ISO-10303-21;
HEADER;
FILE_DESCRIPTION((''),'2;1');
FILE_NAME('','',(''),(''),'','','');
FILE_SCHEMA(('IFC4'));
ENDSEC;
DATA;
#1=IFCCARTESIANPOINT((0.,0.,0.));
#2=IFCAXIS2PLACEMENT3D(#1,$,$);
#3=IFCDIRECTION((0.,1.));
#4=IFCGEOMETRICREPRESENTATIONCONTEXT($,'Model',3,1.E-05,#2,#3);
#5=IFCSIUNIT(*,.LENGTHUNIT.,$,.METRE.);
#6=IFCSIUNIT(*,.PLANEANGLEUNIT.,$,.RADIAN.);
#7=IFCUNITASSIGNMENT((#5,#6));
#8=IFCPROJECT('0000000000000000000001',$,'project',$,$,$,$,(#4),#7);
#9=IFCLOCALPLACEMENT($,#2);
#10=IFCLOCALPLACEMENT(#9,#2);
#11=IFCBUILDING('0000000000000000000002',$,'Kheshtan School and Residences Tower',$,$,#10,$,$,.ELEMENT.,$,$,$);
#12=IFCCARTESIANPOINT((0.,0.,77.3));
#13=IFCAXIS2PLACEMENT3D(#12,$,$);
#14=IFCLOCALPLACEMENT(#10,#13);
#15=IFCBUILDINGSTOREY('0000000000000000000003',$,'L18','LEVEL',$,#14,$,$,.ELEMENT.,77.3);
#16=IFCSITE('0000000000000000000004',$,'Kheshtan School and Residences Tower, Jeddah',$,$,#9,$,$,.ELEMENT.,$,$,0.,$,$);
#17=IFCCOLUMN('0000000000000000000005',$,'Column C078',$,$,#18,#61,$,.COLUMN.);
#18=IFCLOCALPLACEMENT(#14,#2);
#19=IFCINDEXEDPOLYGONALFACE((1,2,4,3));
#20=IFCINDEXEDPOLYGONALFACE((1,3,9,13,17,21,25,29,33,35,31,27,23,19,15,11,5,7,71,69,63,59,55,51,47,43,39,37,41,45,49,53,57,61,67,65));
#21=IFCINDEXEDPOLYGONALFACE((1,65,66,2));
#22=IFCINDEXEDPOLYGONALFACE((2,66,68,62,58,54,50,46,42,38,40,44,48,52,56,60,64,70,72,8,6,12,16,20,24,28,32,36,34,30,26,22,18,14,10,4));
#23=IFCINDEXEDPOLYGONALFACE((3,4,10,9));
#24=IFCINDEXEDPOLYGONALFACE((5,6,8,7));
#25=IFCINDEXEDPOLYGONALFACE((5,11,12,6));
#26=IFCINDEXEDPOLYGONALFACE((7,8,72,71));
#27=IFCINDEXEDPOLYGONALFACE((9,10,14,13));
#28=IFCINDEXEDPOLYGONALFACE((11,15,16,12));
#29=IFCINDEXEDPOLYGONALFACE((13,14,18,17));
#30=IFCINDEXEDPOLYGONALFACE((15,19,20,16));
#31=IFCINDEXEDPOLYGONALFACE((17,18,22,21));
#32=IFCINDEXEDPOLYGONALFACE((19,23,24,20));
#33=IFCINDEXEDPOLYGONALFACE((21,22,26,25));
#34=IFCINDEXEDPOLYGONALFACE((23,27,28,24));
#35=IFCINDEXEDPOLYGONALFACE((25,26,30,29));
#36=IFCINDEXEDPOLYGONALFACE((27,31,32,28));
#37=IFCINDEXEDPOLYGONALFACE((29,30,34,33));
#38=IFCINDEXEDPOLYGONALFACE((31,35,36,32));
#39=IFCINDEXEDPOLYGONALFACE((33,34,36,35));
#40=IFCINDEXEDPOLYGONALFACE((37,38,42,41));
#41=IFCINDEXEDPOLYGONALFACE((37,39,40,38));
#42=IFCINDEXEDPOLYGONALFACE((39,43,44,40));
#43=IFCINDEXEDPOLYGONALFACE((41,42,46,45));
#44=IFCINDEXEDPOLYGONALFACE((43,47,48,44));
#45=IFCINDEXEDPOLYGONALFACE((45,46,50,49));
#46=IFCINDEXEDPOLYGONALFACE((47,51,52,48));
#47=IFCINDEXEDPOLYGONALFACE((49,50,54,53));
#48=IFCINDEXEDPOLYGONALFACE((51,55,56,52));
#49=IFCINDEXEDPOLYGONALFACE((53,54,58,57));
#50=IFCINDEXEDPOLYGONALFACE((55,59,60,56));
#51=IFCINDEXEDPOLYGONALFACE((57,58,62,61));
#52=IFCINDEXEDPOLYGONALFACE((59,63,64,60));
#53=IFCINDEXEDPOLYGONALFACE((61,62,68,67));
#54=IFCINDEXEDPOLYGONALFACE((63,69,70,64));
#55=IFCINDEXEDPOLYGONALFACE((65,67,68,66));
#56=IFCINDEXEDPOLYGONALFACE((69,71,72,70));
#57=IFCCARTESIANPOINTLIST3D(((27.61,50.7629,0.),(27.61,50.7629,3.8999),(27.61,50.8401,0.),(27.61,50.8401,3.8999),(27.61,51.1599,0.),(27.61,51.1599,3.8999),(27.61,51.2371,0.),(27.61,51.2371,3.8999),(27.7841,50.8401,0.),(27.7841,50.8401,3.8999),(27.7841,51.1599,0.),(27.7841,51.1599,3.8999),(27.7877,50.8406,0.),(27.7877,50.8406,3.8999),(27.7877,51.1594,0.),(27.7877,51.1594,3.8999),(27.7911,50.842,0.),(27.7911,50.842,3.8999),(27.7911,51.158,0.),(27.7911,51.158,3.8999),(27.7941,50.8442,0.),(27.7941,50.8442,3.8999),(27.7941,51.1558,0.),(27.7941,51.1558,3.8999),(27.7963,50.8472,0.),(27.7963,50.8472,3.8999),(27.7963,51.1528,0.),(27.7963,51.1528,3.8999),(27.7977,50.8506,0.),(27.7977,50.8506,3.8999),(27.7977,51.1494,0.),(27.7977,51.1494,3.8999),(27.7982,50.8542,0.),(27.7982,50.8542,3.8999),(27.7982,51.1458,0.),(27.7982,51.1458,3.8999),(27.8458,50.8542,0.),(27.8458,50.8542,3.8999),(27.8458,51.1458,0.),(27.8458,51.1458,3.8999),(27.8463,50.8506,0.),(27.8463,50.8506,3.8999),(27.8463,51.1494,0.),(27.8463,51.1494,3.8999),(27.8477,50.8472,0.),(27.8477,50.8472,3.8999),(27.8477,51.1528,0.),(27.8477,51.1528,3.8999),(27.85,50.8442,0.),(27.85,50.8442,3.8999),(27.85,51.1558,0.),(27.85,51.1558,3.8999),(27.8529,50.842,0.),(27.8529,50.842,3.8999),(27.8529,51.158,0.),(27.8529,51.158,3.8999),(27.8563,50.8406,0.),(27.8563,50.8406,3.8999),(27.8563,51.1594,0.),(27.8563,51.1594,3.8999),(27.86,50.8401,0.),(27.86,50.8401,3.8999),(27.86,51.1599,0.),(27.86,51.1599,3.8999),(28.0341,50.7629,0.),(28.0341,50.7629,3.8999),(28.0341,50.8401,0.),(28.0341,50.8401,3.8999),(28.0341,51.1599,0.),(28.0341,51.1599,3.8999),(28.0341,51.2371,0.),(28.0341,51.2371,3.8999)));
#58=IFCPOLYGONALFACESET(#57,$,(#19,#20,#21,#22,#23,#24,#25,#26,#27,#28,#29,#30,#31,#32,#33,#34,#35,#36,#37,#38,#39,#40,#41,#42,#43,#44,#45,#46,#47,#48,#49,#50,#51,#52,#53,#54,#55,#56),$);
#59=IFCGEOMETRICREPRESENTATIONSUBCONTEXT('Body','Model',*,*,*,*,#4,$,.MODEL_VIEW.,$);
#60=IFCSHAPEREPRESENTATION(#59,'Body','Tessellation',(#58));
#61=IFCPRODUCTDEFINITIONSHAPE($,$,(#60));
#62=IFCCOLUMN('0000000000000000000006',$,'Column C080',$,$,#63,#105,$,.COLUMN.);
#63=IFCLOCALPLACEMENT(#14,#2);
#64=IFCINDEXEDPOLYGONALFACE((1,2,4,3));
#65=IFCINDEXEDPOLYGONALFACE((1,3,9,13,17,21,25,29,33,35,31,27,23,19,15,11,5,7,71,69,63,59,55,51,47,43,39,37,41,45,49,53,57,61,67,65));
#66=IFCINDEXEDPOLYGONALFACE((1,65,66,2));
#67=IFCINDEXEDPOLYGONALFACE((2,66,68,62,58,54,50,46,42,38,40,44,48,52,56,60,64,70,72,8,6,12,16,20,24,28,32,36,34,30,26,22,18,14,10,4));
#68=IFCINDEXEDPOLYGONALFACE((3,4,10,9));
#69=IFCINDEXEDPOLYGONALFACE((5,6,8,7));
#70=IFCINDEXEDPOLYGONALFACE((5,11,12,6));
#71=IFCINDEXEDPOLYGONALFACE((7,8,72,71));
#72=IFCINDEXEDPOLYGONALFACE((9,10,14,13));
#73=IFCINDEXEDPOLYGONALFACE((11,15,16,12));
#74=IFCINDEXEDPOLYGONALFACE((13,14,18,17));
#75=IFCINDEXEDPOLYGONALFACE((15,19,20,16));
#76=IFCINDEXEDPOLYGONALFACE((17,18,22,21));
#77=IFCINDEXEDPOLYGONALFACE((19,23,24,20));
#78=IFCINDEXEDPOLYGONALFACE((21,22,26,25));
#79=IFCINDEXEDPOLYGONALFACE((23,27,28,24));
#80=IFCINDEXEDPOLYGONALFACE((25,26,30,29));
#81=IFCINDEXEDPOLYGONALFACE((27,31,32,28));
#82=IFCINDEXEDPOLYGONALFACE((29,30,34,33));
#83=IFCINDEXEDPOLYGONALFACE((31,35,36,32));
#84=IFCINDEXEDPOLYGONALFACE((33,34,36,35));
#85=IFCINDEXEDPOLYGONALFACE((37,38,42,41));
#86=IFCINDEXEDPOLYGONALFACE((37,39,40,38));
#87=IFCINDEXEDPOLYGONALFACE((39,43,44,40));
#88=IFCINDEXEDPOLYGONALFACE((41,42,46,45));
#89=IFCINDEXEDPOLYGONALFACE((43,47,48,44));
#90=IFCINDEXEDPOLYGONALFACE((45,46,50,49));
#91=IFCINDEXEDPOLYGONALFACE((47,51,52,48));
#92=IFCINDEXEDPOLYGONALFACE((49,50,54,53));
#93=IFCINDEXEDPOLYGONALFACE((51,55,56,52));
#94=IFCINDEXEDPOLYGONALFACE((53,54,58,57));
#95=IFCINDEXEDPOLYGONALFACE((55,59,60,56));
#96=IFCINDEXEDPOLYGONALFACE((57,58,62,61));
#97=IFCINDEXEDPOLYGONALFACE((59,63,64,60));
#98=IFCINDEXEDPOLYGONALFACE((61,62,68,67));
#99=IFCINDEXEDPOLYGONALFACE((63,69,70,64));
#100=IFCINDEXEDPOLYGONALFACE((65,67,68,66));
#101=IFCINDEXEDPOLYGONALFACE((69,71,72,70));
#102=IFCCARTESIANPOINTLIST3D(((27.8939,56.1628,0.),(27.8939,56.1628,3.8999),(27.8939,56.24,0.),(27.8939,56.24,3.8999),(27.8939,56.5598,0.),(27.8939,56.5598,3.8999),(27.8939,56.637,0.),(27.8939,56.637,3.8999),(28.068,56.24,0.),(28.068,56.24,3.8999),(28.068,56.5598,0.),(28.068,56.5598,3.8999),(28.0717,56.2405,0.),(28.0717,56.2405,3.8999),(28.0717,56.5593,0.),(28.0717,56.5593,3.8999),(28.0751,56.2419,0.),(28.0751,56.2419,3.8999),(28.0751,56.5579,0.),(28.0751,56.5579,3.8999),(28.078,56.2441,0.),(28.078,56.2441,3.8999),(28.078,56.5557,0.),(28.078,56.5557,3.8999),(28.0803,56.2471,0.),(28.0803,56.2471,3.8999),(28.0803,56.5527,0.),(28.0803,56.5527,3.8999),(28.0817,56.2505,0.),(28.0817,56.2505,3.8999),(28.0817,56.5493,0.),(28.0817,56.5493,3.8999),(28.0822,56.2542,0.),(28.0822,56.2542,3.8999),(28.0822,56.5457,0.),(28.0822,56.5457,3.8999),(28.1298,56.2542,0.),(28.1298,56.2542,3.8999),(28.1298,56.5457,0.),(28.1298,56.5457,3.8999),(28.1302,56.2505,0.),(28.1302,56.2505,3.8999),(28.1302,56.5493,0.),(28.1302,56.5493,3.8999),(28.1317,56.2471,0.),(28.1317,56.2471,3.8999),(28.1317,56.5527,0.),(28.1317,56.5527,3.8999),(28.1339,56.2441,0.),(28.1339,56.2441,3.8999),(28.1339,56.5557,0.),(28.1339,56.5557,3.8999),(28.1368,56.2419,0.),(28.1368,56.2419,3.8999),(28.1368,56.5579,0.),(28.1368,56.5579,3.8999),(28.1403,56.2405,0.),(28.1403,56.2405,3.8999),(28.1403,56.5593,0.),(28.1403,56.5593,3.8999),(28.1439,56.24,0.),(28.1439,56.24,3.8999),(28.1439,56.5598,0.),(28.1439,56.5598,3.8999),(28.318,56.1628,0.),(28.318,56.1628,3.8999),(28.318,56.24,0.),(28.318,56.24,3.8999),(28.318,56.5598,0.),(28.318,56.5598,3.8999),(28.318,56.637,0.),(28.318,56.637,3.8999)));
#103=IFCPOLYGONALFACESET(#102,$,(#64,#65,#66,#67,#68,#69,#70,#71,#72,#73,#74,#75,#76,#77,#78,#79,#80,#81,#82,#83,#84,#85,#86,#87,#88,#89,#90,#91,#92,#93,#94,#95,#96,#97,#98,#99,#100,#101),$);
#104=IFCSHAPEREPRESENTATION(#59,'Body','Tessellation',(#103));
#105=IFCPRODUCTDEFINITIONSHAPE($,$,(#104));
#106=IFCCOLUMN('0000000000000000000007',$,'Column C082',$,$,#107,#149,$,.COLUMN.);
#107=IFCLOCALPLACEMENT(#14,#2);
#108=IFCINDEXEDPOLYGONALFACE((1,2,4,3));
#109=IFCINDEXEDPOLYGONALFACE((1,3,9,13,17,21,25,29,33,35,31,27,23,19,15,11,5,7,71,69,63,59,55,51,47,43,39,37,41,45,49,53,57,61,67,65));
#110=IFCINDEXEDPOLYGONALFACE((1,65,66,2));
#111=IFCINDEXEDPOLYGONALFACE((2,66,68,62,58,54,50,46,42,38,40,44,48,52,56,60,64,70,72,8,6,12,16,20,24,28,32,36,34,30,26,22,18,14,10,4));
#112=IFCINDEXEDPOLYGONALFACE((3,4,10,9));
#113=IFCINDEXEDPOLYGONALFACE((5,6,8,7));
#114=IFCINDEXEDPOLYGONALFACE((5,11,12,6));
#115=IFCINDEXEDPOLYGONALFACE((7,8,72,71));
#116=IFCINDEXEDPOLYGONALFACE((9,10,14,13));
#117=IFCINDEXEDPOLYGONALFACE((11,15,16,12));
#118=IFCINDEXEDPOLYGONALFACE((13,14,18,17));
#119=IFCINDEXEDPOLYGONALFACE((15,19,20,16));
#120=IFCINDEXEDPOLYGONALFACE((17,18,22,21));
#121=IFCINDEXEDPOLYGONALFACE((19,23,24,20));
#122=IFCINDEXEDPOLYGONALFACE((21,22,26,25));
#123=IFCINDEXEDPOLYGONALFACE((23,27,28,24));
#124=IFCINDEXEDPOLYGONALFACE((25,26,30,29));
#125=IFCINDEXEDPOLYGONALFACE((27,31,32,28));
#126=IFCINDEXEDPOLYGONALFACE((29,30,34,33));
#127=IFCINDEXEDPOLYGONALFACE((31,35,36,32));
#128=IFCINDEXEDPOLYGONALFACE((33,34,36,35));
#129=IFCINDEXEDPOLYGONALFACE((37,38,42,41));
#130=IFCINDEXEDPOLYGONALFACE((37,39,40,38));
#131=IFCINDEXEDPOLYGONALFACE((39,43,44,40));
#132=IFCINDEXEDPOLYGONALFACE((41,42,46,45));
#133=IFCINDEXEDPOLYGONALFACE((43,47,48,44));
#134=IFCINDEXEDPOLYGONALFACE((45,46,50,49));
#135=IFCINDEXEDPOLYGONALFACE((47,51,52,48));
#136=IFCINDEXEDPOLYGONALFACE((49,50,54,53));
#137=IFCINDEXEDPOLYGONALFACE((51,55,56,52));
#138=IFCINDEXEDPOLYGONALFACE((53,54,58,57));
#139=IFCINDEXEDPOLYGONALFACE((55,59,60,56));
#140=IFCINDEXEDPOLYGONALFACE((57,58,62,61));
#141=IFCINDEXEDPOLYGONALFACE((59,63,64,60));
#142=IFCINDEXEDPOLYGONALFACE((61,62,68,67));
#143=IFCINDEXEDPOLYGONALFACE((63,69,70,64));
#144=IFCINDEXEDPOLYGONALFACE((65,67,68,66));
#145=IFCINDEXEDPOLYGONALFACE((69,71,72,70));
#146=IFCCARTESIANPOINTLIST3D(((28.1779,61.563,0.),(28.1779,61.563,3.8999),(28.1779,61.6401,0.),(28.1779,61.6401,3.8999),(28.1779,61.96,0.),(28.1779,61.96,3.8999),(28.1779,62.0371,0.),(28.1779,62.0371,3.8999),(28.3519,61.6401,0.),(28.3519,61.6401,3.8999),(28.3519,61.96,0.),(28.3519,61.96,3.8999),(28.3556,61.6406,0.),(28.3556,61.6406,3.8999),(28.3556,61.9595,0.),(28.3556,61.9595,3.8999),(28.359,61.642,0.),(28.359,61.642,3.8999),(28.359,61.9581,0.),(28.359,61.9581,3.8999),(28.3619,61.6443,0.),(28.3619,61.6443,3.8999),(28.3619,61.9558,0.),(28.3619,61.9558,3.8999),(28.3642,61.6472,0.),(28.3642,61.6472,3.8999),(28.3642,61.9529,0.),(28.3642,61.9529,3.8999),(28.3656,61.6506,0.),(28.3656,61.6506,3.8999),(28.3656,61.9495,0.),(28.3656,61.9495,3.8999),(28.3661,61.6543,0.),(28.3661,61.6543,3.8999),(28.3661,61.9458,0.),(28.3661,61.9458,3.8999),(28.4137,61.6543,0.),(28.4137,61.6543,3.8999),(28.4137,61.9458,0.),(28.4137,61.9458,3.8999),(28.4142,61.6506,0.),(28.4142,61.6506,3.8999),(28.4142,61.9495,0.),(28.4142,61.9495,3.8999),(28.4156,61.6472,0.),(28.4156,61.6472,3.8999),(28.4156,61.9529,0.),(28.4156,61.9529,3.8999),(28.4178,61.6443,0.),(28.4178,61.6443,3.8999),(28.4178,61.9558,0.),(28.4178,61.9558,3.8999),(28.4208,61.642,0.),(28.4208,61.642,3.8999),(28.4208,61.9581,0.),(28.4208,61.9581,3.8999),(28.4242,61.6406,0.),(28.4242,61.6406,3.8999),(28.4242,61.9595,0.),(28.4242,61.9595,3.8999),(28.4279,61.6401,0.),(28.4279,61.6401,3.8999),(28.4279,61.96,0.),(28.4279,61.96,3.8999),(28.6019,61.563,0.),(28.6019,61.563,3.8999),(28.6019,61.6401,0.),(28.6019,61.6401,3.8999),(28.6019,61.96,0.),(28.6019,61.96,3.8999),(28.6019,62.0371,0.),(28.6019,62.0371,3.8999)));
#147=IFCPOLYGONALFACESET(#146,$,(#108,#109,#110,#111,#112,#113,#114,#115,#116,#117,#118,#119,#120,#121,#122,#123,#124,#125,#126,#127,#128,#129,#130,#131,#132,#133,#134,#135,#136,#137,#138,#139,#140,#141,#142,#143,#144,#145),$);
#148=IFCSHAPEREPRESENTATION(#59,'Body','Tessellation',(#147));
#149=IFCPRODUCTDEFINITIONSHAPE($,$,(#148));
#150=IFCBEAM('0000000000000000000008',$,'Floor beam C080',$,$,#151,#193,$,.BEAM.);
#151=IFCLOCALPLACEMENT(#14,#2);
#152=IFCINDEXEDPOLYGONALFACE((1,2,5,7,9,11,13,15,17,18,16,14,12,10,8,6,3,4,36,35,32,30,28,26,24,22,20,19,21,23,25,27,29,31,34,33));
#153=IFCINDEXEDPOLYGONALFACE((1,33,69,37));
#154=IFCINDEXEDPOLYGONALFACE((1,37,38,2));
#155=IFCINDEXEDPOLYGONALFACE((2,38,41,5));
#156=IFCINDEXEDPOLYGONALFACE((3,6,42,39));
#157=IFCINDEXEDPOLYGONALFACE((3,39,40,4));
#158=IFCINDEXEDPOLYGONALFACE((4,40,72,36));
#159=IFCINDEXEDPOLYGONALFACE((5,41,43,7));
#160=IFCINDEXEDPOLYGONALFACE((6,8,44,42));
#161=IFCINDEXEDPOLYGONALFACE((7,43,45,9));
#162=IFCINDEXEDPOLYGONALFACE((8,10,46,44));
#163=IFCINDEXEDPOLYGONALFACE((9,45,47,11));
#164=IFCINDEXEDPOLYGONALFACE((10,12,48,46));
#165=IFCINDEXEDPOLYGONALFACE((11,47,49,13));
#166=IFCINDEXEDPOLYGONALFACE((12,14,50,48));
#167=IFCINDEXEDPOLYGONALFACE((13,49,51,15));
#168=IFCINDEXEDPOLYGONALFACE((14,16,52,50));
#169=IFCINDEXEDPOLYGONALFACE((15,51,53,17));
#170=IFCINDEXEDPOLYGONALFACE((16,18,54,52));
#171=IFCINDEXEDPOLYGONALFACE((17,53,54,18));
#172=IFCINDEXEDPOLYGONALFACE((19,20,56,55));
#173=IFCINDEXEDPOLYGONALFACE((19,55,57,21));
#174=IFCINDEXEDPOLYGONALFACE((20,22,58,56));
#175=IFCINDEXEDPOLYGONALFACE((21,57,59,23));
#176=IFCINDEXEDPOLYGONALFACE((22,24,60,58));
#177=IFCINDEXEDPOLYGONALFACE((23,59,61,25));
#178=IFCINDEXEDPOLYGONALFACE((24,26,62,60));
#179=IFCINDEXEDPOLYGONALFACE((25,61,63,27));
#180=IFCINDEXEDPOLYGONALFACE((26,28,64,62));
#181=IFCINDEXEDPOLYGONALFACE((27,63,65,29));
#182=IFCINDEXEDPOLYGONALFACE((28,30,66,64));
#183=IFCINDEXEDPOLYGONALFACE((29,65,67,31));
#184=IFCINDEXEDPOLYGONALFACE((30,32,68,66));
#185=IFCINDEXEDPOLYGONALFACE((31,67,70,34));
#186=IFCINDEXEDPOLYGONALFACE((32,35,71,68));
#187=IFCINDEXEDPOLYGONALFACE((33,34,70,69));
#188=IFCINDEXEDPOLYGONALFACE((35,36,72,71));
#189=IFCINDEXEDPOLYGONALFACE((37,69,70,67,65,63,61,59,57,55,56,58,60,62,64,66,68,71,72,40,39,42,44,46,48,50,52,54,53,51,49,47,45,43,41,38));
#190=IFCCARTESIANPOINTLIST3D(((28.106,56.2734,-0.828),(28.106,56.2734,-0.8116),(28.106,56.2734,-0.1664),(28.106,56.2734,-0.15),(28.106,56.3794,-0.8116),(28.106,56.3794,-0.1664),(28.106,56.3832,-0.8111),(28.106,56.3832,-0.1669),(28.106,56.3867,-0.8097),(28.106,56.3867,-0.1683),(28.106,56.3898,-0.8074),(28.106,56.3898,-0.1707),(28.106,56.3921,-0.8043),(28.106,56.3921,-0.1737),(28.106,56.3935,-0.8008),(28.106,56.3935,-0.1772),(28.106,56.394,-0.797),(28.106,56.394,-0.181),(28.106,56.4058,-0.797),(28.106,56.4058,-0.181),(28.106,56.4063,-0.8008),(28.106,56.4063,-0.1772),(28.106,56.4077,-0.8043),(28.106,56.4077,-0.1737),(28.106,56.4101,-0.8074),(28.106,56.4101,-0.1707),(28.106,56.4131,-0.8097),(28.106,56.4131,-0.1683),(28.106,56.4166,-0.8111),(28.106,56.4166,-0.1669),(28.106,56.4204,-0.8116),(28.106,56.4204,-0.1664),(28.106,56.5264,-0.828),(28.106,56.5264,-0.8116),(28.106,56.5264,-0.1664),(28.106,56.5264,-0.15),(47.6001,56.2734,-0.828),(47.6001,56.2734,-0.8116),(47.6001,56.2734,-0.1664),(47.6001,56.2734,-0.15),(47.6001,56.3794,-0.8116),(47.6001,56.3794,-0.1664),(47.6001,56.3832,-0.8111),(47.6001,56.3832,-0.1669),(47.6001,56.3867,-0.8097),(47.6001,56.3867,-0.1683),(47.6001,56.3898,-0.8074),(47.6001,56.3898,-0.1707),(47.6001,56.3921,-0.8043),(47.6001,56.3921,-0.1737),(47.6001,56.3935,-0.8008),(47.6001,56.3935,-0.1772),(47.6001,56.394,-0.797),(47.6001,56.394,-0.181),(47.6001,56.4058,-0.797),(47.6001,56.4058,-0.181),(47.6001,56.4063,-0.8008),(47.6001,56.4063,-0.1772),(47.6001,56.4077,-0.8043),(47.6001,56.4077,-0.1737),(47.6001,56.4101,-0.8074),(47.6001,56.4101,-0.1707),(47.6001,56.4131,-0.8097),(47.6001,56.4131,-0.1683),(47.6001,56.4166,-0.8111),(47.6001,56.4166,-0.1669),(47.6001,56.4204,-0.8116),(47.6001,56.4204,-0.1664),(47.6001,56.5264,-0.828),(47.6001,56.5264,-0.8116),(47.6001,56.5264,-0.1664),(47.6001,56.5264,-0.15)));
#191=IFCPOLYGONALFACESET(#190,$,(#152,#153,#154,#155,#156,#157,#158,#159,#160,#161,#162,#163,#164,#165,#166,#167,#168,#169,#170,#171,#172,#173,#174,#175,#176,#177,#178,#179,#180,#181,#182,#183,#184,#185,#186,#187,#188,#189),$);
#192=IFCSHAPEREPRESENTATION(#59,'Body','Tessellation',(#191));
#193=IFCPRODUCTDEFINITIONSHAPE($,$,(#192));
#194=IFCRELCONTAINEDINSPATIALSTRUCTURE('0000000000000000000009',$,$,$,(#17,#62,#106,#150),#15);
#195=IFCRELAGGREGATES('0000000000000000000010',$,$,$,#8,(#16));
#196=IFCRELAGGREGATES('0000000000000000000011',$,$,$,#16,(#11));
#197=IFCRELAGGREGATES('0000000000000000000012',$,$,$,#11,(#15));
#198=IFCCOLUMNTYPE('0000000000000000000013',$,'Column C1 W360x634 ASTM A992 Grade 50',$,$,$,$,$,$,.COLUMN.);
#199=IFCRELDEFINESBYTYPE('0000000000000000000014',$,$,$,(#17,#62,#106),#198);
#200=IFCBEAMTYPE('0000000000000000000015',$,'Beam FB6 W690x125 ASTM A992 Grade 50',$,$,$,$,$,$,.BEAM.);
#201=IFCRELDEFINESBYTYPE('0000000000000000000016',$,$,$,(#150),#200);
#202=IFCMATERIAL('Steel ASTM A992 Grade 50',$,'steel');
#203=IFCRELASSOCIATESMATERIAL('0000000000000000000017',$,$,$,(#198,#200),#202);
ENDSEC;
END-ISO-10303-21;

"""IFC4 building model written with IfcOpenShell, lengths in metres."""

from ifc_helpers import new_model, si_unit, direction, frame, origin, origin_2d, place, context, subcontext, project, spatial, i_section, extrude, material, material_profile, profile_set, type_object, element, save


model = new_model("IFC4")

# Units and contexts
model_context = context("Model", 3, precision=1e-05, world=origin(), true_north=direction((0.0, 1.0)))
body_context = subcontext(model_context, "Body", "Model", "MODEL_VIEW")
ifc_project = project(units=[si_unit("LENGTHUNIT", "METRE"), si_unit("PLANEANGLEUNIT", "RADIAN")], contexts=[model_context])

# Site, building, storey
site_placement = place(None, origin())
site = spatial("IfcSite", under=ifc_project, at=site_placement, Name="Kheshtan School and Residences Tower, Jeddah", CompositionType="ELEMENT", RefElevation=0.0)
building_placement = place(site_placement, origin())
building = spatial("IfcBuilding", under=site, at=building_placement, Name="Kheshtan School and Residences Tower", CompositionType="ELEMENT")
storey_placement = place(building_placement, frame((0.0, 0.0, 77.3)))
storey = spatial("IfcBuildingStorey", under=building, at=storey_placement, Name="L18", Description="LEVEL", CompositionType="ELEMENT", Elevation=77.3)

# Columns
ifc_material_1 = material(Name="Steel ASTM A992 Grade 50", Category="steel")
ifc_material_profile_1 = material_profile(ifc_material_1, i_section(OverallWidth=0.4241, OverallDepth=0.4741, WebThickness=0.0476, FlangeThickness=0.0771, FilletRadius=0.0142, at=origin_2d()), Name="W360x634")
ifc_profile_set_1 = profile_set([ifc_material_profile_1], Name="Steel ASTM A992 Grade 50")
column_type = type_object("IfcColumnType", Name="Column C1 W360x634 ASTM A992 Grade 50", PredefinedType="COLUMN", material=ifc_profile_set_1)
for number, where, z_axis, x_axis, name in (
    (1, (27.822, 51.0, 0.0), (0.0, 0.0, 1.0), (1.0, 0.0, 0.0), "Column C078"),
    (2, (28.106, 56.3999, 0.0), (0.0, 0.0, 1.0), (1.0, 0.0, 0.0), "Column C080"),
    (3, (28.3899, 61.8, 0.0), (0.0, 0.0, 1.0), (1.0, 0.0, 0.0), "Column C082"),
):
    element("IfcColumn", number, at=place(storey_placement, frame(where, z_axis=z_axis, x_axis=x_axis)), inside=storey, type_object=column_type, Name=name, PredefinedType="COLUMN", context=body_context, shape_type="SweptSolid", body=[
        extrude(i_section(OverallWidth=0.4241, OverallDepth=0.4741, WebThickness=0.0476, FlangeThickness=0.0771, FilletRadius=0.0142, at=origin_2d()), origin(), (0.0, 0.0, 1.0), 3.8999),
    ])

# Beam
ifc_material_profile_2 = material_profile(ifc_material_1, i_section(OverallWidth=0.2529, OverallDepth=0.678, WebThickness=0.0117, FlangeThickness=0.0164, FilletRadius=0.0146, at=origin_2d()), Name="W690x125")
ifc_profile_set_2 = profile_set([ifc_material_profile_2], Name="Steel ASTM A992 Grade 50")
beam_type_1 = type_object("IfcBeamType", Name="Beam FB6 W690x125 ASTM A992 Grade 50", PredefinedType="BEAM", material=ifc_profile_set_2)
beam_1_placement = place(storey_placement, frame((28.106, 56.3999, -0.489), z_axis=(1.0, 0.0, 0.0), x_axis=(0.0, 1.0, 0.0)))
element("IfcBeam", 4, at=beam_1_placement, inside=storey, type_object=beam_type_1, Name="Floor beam C080", PredefinedType="BEAM", context=body_context, shape_type="SweptSolid", body=[
    extrude(i_section(OverallWidth=0.2529, OverallDepth=0.678, WebThickness=0.0117, FlangeThickness=0.0164, FilletRadius=0.0146, at=origin_2d()), origin(), (0.0, 0.0, 1.0), 19.4941),
])

save(model, "model.ifc")
